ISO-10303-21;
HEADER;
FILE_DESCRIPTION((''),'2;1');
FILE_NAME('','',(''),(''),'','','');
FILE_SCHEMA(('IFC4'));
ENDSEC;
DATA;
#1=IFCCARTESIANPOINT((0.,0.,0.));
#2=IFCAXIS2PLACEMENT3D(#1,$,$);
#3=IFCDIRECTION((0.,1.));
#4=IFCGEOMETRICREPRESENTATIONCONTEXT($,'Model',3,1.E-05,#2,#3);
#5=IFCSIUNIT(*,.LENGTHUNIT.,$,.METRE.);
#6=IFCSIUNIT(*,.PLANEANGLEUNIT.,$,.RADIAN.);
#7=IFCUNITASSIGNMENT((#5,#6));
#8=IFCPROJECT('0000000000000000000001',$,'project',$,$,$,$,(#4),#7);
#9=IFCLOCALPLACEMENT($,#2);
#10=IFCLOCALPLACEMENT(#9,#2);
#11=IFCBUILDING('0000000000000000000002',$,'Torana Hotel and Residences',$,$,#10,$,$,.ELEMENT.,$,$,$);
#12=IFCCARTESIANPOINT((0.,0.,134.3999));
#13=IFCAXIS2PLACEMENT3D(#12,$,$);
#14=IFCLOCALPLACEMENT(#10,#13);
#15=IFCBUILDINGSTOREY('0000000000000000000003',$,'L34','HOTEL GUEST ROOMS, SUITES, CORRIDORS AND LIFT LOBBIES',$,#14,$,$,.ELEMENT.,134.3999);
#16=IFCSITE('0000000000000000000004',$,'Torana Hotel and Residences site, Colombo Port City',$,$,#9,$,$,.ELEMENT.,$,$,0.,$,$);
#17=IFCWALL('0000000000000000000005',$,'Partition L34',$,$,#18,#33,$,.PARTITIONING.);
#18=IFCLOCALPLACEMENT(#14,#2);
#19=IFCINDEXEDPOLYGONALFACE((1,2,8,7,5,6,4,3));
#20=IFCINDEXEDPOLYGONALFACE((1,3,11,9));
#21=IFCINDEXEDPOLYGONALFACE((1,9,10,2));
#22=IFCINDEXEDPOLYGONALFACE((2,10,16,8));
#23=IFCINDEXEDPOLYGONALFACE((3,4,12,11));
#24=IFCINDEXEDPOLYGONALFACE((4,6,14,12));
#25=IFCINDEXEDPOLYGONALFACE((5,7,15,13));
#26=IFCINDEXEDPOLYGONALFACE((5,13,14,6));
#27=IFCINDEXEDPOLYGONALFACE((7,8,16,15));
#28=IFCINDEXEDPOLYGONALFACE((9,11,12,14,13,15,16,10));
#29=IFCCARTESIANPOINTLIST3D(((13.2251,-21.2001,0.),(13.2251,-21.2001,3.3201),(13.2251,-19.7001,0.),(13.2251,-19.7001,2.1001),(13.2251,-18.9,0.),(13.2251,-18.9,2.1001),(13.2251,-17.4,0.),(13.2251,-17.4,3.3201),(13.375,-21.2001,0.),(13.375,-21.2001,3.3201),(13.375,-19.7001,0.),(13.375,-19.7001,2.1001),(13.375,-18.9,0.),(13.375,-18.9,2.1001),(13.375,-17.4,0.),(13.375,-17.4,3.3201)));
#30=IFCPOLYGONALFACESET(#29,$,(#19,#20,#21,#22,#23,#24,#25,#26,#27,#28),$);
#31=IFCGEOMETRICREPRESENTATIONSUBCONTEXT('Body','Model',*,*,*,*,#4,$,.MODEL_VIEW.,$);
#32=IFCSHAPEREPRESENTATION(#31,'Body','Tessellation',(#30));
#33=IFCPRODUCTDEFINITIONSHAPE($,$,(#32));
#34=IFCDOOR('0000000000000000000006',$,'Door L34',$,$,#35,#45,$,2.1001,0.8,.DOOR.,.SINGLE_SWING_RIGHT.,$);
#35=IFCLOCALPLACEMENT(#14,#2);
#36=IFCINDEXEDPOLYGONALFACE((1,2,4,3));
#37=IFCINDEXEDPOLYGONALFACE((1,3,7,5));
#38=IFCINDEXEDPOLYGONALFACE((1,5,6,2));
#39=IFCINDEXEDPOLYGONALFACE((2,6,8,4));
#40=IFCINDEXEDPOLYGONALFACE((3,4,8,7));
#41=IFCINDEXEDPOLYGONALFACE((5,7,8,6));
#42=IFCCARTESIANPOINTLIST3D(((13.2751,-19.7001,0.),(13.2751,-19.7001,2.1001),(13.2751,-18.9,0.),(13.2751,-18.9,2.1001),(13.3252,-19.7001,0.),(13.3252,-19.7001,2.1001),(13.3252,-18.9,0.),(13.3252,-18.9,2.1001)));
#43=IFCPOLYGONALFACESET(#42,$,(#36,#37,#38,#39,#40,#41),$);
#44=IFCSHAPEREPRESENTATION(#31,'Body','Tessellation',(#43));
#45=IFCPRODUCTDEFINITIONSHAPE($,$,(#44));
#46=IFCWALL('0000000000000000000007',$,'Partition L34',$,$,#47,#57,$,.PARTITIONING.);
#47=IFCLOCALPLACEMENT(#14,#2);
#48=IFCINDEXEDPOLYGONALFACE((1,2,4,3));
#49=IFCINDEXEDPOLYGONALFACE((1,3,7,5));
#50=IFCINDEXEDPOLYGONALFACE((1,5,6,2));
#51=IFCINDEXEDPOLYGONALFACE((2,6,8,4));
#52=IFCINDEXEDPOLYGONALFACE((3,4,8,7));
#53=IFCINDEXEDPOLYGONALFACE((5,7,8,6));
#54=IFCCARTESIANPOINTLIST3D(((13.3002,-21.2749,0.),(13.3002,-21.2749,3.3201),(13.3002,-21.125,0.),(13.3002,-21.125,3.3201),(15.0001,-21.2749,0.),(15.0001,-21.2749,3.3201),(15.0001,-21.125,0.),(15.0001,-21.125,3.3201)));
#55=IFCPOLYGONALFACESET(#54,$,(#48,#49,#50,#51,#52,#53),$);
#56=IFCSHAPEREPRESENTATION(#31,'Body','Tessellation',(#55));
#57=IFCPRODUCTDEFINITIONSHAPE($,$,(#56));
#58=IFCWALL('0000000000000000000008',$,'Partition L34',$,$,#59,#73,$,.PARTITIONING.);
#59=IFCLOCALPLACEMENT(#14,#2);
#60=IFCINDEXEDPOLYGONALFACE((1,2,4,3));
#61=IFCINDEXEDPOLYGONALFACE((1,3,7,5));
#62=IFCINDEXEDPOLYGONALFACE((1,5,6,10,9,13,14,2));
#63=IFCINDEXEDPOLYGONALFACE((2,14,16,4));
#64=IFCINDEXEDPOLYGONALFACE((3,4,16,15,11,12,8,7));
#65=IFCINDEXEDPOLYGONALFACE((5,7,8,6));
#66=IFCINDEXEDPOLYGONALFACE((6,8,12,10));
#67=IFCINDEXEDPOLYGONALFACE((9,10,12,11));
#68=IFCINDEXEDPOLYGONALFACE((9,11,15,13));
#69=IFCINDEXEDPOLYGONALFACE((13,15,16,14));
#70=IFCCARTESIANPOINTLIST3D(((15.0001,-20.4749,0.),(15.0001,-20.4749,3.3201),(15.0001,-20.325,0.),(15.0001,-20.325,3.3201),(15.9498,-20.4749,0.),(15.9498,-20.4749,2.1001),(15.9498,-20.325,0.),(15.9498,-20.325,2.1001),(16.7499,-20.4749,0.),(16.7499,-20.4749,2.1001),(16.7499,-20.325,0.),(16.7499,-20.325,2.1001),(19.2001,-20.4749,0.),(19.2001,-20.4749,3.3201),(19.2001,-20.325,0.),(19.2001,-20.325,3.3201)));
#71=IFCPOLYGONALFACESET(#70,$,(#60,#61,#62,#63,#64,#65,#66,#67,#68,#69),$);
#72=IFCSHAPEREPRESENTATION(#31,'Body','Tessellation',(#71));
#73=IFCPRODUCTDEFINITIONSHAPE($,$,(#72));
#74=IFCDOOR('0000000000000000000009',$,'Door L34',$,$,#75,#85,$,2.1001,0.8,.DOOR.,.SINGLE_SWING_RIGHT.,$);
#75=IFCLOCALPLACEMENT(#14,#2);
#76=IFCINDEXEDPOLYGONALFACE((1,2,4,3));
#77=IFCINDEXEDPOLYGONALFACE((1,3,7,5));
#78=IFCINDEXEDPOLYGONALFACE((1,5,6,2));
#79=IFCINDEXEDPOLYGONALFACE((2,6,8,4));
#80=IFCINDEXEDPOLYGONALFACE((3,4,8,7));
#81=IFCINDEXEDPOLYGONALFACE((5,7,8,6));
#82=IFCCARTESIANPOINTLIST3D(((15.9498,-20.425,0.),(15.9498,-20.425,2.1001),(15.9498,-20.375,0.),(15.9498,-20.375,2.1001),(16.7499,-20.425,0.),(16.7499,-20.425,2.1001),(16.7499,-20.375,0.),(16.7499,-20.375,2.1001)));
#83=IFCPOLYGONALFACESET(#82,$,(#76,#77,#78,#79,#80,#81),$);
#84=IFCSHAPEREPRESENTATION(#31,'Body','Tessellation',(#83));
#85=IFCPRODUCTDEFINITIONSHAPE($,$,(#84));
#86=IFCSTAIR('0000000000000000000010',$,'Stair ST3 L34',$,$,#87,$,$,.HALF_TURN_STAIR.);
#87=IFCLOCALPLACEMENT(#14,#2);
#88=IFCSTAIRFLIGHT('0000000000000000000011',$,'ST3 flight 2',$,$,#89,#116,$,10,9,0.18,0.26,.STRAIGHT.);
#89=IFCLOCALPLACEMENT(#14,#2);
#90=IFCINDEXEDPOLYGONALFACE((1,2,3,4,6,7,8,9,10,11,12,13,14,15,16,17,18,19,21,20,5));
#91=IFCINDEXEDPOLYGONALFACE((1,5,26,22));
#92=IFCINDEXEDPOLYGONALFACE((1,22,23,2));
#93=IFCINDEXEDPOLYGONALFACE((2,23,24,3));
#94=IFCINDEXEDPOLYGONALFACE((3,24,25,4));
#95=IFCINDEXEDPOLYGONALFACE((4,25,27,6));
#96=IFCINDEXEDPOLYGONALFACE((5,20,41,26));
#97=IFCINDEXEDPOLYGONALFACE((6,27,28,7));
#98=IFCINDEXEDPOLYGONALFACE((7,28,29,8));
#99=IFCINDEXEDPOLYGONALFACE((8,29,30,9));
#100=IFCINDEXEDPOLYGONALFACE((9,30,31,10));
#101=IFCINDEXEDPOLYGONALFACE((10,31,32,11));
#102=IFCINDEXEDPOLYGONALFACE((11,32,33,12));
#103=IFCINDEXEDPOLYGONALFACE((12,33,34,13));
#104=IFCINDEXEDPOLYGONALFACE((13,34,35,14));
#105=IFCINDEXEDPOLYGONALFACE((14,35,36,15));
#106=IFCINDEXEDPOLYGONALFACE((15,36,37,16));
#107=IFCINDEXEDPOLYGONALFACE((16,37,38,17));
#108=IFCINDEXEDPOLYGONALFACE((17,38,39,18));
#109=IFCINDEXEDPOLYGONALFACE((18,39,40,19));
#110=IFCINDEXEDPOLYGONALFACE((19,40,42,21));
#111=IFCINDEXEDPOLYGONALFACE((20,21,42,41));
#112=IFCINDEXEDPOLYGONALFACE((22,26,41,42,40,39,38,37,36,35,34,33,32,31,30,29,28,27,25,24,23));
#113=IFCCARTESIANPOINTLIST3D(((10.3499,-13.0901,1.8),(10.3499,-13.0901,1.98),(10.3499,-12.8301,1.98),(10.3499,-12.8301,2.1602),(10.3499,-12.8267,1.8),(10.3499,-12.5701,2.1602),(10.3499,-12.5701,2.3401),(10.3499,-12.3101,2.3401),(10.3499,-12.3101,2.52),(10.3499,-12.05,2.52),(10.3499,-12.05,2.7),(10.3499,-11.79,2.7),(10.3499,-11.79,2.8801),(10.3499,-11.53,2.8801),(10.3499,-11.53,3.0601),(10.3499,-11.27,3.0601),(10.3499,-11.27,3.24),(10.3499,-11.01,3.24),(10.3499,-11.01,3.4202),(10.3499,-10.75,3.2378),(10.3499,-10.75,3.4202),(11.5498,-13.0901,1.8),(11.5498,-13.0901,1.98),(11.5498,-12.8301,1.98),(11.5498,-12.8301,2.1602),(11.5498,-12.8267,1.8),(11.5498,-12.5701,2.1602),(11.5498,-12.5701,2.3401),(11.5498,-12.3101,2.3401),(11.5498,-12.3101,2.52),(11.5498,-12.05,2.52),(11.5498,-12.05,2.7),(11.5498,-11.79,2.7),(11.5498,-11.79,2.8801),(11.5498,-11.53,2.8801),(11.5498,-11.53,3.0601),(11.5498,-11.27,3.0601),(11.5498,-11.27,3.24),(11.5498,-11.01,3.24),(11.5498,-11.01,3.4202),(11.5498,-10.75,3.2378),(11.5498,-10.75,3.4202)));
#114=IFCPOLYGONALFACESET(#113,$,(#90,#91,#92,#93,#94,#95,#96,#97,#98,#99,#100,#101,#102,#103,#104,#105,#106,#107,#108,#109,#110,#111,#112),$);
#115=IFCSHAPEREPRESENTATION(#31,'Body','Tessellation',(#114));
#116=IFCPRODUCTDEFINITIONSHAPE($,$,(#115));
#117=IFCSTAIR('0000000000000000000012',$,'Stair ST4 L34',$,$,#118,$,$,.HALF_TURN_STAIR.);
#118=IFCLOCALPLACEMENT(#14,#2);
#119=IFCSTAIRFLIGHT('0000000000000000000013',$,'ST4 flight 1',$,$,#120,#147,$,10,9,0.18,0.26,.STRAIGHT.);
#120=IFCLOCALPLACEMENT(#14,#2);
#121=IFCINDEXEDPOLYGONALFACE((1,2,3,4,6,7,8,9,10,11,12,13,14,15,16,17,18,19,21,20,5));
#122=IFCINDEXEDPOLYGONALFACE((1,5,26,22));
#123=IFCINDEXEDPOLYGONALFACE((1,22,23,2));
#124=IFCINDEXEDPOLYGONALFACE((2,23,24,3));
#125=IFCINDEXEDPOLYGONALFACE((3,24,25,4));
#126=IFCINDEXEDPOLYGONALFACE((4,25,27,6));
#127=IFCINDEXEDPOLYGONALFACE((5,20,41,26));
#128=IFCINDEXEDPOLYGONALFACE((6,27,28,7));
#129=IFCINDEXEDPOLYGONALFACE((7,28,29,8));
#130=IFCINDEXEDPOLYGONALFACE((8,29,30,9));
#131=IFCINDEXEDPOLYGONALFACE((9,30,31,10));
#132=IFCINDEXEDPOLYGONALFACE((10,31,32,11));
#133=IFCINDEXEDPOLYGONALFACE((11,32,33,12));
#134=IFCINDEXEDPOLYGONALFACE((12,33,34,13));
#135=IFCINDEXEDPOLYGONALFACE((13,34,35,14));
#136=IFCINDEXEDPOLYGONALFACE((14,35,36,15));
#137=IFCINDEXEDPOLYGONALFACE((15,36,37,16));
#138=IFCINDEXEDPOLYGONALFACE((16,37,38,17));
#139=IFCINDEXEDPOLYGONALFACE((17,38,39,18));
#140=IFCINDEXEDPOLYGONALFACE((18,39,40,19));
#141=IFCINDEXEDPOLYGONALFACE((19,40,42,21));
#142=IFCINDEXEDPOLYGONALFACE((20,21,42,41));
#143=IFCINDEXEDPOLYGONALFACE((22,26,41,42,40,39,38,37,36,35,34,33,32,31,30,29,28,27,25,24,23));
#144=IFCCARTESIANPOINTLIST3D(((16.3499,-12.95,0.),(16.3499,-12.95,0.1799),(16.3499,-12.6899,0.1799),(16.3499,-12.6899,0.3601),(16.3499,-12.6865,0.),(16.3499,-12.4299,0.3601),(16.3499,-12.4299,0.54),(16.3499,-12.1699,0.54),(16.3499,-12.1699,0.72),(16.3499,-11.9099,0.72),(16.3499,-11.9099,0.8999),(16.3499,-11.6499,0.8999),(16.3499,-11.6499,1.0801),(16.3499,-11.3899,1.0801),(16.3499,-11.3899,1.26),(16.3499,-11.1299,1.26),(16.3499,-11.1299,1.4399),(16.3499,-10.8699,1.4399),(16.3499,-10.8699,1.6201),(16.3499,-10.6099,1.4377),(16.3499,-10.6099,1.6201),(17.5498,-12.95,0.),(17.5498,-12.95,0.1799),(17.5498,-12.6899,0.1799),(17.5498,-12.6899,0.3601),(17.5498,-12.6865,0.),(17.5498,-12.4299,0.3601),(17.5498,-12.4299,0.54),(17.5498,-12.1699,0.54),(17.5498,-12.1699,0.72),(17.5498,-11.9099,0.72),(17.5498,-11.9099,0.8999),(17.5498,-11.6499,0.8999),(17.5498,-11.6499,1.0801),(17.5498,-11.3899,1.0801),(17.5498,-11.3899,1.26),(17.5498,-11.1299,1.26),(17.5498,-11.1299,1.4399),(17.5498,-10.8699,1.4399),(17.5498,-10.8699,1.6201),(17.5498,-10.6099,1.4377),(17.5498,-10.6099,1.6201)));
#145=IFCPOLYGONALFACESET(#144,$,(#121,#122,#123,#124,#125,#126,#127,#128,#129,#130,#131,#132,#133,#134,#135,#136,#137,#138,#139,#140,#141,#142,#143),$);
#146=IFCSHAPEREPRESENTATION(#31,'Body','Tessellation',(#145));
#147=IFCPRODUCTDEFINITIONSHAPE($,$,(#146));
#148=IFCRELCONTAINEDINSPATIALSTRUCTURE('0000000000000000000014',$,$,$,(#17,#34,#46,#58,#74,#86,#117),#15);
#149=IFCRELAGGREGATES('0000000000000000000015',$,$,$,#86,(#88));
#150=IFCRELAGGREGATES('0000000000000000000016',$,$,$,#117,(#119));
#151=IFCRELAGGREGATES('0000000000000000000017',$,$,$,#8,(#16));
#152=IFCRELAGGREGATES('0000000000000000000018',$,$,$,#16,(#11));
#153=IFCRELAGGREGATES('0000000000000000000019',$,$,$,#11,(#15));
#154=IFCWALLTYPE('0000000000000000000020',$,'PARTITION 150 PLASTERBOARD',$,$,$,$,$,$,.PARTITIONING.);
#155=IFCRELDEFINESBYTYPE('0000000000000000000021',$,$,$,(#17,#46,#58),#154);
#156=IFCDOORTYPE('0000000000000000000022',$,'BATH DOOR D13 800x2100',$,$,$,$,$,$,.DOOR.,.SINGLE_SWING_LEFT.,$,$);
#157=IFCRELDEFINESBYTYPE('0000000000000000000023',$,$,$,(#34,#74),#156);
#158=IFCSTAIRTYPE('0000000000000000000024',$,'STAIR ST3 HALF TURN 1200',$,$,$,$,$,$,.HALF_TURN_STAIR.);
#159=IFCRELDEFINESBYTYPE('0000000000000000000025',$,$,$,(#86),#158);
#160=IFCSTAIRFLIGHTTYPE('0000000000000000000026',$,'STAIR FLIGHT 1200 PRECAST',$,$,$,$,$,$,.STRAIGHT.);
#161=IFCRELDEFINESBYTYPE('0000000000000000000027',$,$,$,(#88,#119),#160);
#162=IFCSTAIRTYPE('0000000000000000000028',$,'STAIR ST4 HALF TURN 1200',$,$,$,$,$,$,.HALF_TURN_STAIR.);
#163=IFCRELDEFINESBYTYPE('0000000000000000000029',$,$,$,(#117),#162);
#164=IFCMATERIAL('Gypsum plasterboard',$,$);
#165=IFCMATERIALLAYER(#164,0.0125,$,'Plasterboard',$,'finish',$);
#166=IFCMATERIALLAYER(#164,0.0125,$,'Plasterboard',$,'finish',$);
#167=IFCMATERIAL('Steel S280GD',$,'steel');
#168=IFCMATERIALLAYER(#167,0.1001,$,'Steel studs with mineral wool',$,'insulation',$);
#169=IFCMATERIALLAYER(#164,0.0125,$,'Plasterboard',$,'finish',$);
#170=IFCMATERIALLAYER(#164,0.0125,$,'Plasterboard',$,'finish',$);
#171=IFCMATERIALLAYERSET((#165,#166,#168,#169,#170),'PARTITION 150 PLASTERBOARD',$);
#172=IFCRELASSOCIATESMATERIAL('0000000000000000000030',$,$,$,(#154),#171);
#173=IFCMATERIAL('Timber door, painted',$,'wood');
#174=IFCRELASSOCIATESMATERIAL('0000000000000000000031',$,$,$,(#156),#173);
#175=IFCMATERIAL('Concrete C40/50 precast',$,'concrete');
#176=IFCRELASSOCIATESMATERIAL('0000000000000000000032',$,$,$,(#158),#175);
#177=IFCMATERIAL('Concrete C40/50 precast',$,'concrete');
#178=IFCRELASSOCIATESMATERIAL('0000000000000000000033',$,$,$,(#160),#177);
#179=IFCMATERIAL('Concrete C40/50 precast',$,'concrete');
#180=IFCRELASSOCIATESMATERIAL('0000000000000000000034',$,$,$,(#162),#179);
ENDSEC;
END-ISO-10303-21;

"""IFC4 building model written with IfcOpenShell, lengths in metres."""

from ifc_helpers import new_model, si_unit, direction, frame, frame_2d, origin, place, context, subcontext, project, spatial, polyline, rectangle, outline, extrude, material, layer, layer_set, type_object, element, fill, aggregate, save


model = new_model("IFC4")

# Units and contexts
model_context = context("Model", 3, precision=1e-05, world=origin(), true_north=direction((0.0, 1.0)))
body_context = subcontext(model_context, "Body", "Model", "MODEL_VIEW")
ifc_project = project(units=[si_unit("LENGTHUNIT", "METRE"), si_unit("PLANEANGLEUNIT", "RADIAN")], contexts=[model_context])

# Site, building, storey
site_placement = place(None, origin())
site = spatial("IfcSite", under=ifc_project, at=site_placement, Name="Torana Hotel and Residences site, Colombo Port City", CompositionType="ELEMENT", RefElevation=0.0)
building_placement = place(site_placement, origin())
building = spatial("IfcBuilding", under=site, at=building_placement, Name="Torana Hotel and Residences", CompositionType="ELEMENT")
storey_placement = place(building_placement, frame((0.0, 0.0, 134.3999)))
storey = spatial("IfcBuildingStorey", under=building, at=storey_placement, Name="L34", Description="HOTEL GUEST ROOMS, SUITES, CORRIDORS AND LIFT LOBBIES", CompositionType="ELEMENT", Elevation=134.3999)

# Shared definitions
ifc_material_1 = material(Name="Gypsum plasterboard")
ifc_layer_1 = layer(ifc_material_1, 0.0125, Name="Plasterboard", Category="finish")
ifc_layer_2 = layer(ifc_material_1, 0.0125, Name="Plasterboard", Category="finish")
ifc_material_2 = material(Name="Steel S280GD", Category="steel")
ifc_layer_3 = layer(ifc_material_2, 0.1001, Name="Steel studs with mineral wool", Category="insulation")
ifc_layer_4 = layer(ifc_material_1, 0.0125, Name="Plasterboard", Category="finish")
ifc_layer_5 = layer(ifc_material_1, 0.0125, Name="Plasterboard", Category="finish")
ifc_layer_set_1 = layer_set([ifc_layer_1, ifc_layer_2, ifc_layer_3, ifc_layer_4, ifc_layer_5], Name="PARTITION 150 PLASTERBOARD")
wall_type_1 = type_object("IfcWallType", Name="PARTITION 150 PLASTERBOARD", PredefinedType="PARTITIONING", material=ifc_layer_set_1)

# Wall, opening, door
wall_1_placement = place(storey_placement, frame((13.3, -21.2, 0.0), z_axis=(0.0, 0.0, 1.0), x_axis=(0.0, 1.0, 0.0)))
wall_1 = element("IfcWall", 1, at=wall_1_placement, inside=storey, type_object=wall_type_1, Name="Partition L34", PredefinedType="PARTITIONING", context=body_context, shape_type="SweptSolid", body=[
    extrude(rectangle(XDim=3.8, YDim=0.1499, at=frame_2d((1.8999, 0.0))), origin(), (0.0, 0.0, 1.0), 3.3201),
])
opening_1_placement = place(wall_1_placement, frame((1.5, 0.0, 0.0)))
opening_1 = element("IfcOpeningElement", 2, at=opening_1_placement, cuts=wall_1, PredefinedType="OPENING", context=body_context, shape_type="SweptSolid", body=[
    extrude(rectangle(XDim=0.8, YDim=2.1001, at=frame_2d((0.3999, 1.05))), frame((0.0, 0.085, 0.0), z_axis=(0.0, -1.0, 0.0), x_axis=(1.0, 0.0, 0.0)), (0.0, 0.0, 1.0), 0.1699),
])
ifc_material_3 = material(Name="Timber door, painted", Category="wood")
door_type_1 = type_object("IfcDoorType", Name="BATH DOOR D13 800x2100", OperationType="SINGLE_SWING_LEFT", PredefinedType="DOOR", material=ifc_material_3)
door_1_placement = place(opening_1_placement, origin())
door_1 = element("IfcDoor", 3, at=door_1_placement, inside=storey, type_object=door_type_1, Name="Door L34", OperationType="SINGLE_SWING_RIGHT", OverallHeight=2.1001, OverallWidth=0.8, PredefinedType="DOOR", context=body_context, shape_type="SweptSolid", body=[
    extrude(rectangle(XDim=0.8, YDim=2.1001, at=frame_2d((0.3999, 1.05))), frame((0.0, 0.0249, 0.0), z_axis=(0.0, -1.0, 0.0), x_axis=(1.0, 0.0, 0.0)), (0.0, 0.0, 1.0), 0.05),
])
fill(opening_1, door_1)

# Wall
wall_2_placement = place(storey_placement, frame((13.3, -21.2, 0.0), z_axis=(0.0, 0.0, 1.0), x_axis=(1.0, 0.0, 0.0)))
element("IfcWall", 4, at=wall_2_placement, inside=storey, type_object=wall_type_1, Name="Partition L34", PredefinedType="PARTITIONING", context=body_context, shape_type="SweptSolid", body=[
    extrude(rectangle(XDim=1.7, YDim=0.1499, at=frame_2d((0.8501, 0.0))), origin(), (0.0, 0.0, 1.0), 3.3201),
])

# Wall, opening, door
wall_3_placement = place(storey_placement, frame((15.0, -20.3999, 0.0), z_axis=(0.0, 0.0, 1.0), x_axis=(1.0, 0.0, 0.0)))
wall_3 = element("IfcWall", 5, at=wall_3_placement, inside=storey, type_object=wall_type_1, Name="Partition L34", PredefinedType="PARTITIONING", context=body_context, shape_type="SweptSolid", body=[
    extrude(rectangle(XDim=4.2, YDim=0.1499, at=frame_2d((2.1001, 0.0))), origin(), (0.0, 0.0, 1.0), 3.3201),
])
opening_2_placement = place(wall_3_placement, frame((0.95, 0.0, 0.0)))
opening_2 = element("IfcOpeningElement", 6, at=opening_2_placement, cuts=wall_3, PredefinedType="OPENING", context=body_context, shape_type="SweptSolid", body=[
    extrude(rectangle(XDim=0.8, YDim=2.1001, at=frame_2d((0.3999, 1.05))), frame((0.0, 0.085, 0.0), z_axis=(0.0, -1.0, 0.0), x_axis=(1.0, 0.0, 0.0)), (0.0, 0.0, 1.0), 0.1699),
])
door_2_placement = place(opening_2_placement, origin())
door_2 = element("IfcDoor", 7, at=door_2_placement, inside=storey, type_object=door_type_1, Name="Door L34", OperationType="SINGLE_SWING_RIGHT", OverallHeight=2.1001, OverallWidth=0.8, PredefinedType="DOOR", context=body_context, shape_type="SweptSolid", body=[
    extrude(rectangle(XDim=0.8, YDim=2.1001, at=frame_2d((0.3999, 1.05))), frame((0.0, 0.0249, 0.0), z_axis=(0.0, -1.0, 0.0), x_axis=(1.0, 0.0, 0.0)), (0.0, 0.0, 1.0), 0.05),
])
fill(opening_2, door_2)

# Stairs, stair flights
ifc_material_4 = material(Name="Concrete C40/50 precast", Category="concrete")
stair_type_1 = type_object("IfcStairType", Name="STAIR ST3 HALF TURN 1200", PredefinedType="HALF_TURN_STAIR", material=ifc_material_4)
stair_1_placement = place(storey_placement, origin())
stair_1 = element("IfcStair", 8, at=stair_1_placement, inside=storey, type_object=stair_type_1, Name="Stair ST3 L34", PredefinedType="HALF_TURN_STAIR")
ifc_material_5 = material(Name="Concrete C40/50 precast", Category="concrete")
stair_flight_type = type_object("IfcStairFlightType", Name="STAIR FLIGHT 1200 PRECAST", PredefinedType="STRAIGHT", material=ifc_material_5)
stair_flight_1_placement = place(storey_placement, frame((10.95, -13.0901, 1.8), z_axis=(0.0, 0.0, 1.0), x_axis=(0.0, 1.0, 0.0)))
stair_flight_1 = element("IfcStairFlight", 9, at=stair_flight_1_placement, type_object=stair_flight_type, Name="ST3 flight 2", NumberOfRisers=10, NumberOfTreads=9, PredefinedType="STRAIGHT", RiserHeight=0.18, TreadLength=0.26, context=body_context, shape_type="SweptSolid", body=[
    extrude(outline(polyline([(0.0, 0.0), (0.0, 0.1799), (0.26, 0.1799), (0.26, 0.3601), (0.52, 0.3601), (0.52, 0.54), (0.78, 0.54), (0.78, 0.72), (1.04, 0.72), (1.04, 0.8999), (1.3, 0.8999), (1.3, 1.0801), (1.5601, 1.0801), (1.5601, 1.26), (1.8201, 1.26), (1.8201, 1.4399), (2.0801, 1.4399), (2.0801, 1.6201), (2.3401, 1.6201), (2.3401, 1.8), (2.3401, 1.4377), (0.2634, 0.0), (0.0, 0.0)])), frame((0.0, 0.6001, 0.0), z_axis=(0.0, -1.0, 0.0), x_axis=(1.0, 0.0, 0.0)), (0.0, 0.0, 1.0), 1.2),
])
aggregate(stair_1, [stair_flight_1])
ifc_material_6 = material(Name="Concrete C40/50 precast", Category="concrete")
stair_type_2 = type_object("IfcStairType", Name="STAIR ST4 HALF TURN 1200", PredefinedType="HALF_TURN_STAIR", material=ifc_material_6)
stair_2_placement = place(storey_placement, origin())
stair_2 = element("IfcStair", 10, at=stair_2_placement, inside=storey, type_object=stair_type_2, Name="Stair ST4 L34", PredefinedType="HALF_TURN_STAIR")
stair_flight_2_placement = place(storey_placement, frame((16.95, -12.95, 0.0), z_axis=(0.0, 0.0, 1.0), x_axis=(0.0, 1.0, 0.0)))
stair_flight_2 = element("IfcStairFlight", 11, at=stair_flight_2_placement, type_object=stair_flight_type, Name="ST4 flight 1", NumberOfRisers=10, NumberOfTreads=9, PredefinedType="STRAIGHT", RiserHeight=0.18, TreadLength=0.26, context=body_context, shape_type="SweptSolid", body=[
    extrude(outline(polyline([(0.0, 0.0), (0.0, 0.1799), (0.26, 0.1799), (0.26, 0.3601), (0.52, 0.3601), (0.52, 0.54), (0.78, 0.54), (0.78, 0.72), (1.04, 0.72), (1.04, 0.8999), (1.3, 0.8999), (1.3, 1.0801), (1.5601, 1.0801), (1.5601, 1.26), (1.8201, 1.26), (1.8201, 1.4399), (2.0801, 1.4399), (2.0801, 1.6201), (2.3401, 1.6201), (2.3401, 1.8), (2.3401, 1.4377), (0.2634, 0.0), (0.0, 0.0)])), frame((0.0, 0.6001, 0.0), z_axis=(0.0, -1.0, 0.0), x_axis=(1.0, 0.0, 0.0)), (0.0, 0.0, 1.0), 1.2),
])
aggregate(stair_2, [stair_flight_2])

save(model, "model.ifc")
